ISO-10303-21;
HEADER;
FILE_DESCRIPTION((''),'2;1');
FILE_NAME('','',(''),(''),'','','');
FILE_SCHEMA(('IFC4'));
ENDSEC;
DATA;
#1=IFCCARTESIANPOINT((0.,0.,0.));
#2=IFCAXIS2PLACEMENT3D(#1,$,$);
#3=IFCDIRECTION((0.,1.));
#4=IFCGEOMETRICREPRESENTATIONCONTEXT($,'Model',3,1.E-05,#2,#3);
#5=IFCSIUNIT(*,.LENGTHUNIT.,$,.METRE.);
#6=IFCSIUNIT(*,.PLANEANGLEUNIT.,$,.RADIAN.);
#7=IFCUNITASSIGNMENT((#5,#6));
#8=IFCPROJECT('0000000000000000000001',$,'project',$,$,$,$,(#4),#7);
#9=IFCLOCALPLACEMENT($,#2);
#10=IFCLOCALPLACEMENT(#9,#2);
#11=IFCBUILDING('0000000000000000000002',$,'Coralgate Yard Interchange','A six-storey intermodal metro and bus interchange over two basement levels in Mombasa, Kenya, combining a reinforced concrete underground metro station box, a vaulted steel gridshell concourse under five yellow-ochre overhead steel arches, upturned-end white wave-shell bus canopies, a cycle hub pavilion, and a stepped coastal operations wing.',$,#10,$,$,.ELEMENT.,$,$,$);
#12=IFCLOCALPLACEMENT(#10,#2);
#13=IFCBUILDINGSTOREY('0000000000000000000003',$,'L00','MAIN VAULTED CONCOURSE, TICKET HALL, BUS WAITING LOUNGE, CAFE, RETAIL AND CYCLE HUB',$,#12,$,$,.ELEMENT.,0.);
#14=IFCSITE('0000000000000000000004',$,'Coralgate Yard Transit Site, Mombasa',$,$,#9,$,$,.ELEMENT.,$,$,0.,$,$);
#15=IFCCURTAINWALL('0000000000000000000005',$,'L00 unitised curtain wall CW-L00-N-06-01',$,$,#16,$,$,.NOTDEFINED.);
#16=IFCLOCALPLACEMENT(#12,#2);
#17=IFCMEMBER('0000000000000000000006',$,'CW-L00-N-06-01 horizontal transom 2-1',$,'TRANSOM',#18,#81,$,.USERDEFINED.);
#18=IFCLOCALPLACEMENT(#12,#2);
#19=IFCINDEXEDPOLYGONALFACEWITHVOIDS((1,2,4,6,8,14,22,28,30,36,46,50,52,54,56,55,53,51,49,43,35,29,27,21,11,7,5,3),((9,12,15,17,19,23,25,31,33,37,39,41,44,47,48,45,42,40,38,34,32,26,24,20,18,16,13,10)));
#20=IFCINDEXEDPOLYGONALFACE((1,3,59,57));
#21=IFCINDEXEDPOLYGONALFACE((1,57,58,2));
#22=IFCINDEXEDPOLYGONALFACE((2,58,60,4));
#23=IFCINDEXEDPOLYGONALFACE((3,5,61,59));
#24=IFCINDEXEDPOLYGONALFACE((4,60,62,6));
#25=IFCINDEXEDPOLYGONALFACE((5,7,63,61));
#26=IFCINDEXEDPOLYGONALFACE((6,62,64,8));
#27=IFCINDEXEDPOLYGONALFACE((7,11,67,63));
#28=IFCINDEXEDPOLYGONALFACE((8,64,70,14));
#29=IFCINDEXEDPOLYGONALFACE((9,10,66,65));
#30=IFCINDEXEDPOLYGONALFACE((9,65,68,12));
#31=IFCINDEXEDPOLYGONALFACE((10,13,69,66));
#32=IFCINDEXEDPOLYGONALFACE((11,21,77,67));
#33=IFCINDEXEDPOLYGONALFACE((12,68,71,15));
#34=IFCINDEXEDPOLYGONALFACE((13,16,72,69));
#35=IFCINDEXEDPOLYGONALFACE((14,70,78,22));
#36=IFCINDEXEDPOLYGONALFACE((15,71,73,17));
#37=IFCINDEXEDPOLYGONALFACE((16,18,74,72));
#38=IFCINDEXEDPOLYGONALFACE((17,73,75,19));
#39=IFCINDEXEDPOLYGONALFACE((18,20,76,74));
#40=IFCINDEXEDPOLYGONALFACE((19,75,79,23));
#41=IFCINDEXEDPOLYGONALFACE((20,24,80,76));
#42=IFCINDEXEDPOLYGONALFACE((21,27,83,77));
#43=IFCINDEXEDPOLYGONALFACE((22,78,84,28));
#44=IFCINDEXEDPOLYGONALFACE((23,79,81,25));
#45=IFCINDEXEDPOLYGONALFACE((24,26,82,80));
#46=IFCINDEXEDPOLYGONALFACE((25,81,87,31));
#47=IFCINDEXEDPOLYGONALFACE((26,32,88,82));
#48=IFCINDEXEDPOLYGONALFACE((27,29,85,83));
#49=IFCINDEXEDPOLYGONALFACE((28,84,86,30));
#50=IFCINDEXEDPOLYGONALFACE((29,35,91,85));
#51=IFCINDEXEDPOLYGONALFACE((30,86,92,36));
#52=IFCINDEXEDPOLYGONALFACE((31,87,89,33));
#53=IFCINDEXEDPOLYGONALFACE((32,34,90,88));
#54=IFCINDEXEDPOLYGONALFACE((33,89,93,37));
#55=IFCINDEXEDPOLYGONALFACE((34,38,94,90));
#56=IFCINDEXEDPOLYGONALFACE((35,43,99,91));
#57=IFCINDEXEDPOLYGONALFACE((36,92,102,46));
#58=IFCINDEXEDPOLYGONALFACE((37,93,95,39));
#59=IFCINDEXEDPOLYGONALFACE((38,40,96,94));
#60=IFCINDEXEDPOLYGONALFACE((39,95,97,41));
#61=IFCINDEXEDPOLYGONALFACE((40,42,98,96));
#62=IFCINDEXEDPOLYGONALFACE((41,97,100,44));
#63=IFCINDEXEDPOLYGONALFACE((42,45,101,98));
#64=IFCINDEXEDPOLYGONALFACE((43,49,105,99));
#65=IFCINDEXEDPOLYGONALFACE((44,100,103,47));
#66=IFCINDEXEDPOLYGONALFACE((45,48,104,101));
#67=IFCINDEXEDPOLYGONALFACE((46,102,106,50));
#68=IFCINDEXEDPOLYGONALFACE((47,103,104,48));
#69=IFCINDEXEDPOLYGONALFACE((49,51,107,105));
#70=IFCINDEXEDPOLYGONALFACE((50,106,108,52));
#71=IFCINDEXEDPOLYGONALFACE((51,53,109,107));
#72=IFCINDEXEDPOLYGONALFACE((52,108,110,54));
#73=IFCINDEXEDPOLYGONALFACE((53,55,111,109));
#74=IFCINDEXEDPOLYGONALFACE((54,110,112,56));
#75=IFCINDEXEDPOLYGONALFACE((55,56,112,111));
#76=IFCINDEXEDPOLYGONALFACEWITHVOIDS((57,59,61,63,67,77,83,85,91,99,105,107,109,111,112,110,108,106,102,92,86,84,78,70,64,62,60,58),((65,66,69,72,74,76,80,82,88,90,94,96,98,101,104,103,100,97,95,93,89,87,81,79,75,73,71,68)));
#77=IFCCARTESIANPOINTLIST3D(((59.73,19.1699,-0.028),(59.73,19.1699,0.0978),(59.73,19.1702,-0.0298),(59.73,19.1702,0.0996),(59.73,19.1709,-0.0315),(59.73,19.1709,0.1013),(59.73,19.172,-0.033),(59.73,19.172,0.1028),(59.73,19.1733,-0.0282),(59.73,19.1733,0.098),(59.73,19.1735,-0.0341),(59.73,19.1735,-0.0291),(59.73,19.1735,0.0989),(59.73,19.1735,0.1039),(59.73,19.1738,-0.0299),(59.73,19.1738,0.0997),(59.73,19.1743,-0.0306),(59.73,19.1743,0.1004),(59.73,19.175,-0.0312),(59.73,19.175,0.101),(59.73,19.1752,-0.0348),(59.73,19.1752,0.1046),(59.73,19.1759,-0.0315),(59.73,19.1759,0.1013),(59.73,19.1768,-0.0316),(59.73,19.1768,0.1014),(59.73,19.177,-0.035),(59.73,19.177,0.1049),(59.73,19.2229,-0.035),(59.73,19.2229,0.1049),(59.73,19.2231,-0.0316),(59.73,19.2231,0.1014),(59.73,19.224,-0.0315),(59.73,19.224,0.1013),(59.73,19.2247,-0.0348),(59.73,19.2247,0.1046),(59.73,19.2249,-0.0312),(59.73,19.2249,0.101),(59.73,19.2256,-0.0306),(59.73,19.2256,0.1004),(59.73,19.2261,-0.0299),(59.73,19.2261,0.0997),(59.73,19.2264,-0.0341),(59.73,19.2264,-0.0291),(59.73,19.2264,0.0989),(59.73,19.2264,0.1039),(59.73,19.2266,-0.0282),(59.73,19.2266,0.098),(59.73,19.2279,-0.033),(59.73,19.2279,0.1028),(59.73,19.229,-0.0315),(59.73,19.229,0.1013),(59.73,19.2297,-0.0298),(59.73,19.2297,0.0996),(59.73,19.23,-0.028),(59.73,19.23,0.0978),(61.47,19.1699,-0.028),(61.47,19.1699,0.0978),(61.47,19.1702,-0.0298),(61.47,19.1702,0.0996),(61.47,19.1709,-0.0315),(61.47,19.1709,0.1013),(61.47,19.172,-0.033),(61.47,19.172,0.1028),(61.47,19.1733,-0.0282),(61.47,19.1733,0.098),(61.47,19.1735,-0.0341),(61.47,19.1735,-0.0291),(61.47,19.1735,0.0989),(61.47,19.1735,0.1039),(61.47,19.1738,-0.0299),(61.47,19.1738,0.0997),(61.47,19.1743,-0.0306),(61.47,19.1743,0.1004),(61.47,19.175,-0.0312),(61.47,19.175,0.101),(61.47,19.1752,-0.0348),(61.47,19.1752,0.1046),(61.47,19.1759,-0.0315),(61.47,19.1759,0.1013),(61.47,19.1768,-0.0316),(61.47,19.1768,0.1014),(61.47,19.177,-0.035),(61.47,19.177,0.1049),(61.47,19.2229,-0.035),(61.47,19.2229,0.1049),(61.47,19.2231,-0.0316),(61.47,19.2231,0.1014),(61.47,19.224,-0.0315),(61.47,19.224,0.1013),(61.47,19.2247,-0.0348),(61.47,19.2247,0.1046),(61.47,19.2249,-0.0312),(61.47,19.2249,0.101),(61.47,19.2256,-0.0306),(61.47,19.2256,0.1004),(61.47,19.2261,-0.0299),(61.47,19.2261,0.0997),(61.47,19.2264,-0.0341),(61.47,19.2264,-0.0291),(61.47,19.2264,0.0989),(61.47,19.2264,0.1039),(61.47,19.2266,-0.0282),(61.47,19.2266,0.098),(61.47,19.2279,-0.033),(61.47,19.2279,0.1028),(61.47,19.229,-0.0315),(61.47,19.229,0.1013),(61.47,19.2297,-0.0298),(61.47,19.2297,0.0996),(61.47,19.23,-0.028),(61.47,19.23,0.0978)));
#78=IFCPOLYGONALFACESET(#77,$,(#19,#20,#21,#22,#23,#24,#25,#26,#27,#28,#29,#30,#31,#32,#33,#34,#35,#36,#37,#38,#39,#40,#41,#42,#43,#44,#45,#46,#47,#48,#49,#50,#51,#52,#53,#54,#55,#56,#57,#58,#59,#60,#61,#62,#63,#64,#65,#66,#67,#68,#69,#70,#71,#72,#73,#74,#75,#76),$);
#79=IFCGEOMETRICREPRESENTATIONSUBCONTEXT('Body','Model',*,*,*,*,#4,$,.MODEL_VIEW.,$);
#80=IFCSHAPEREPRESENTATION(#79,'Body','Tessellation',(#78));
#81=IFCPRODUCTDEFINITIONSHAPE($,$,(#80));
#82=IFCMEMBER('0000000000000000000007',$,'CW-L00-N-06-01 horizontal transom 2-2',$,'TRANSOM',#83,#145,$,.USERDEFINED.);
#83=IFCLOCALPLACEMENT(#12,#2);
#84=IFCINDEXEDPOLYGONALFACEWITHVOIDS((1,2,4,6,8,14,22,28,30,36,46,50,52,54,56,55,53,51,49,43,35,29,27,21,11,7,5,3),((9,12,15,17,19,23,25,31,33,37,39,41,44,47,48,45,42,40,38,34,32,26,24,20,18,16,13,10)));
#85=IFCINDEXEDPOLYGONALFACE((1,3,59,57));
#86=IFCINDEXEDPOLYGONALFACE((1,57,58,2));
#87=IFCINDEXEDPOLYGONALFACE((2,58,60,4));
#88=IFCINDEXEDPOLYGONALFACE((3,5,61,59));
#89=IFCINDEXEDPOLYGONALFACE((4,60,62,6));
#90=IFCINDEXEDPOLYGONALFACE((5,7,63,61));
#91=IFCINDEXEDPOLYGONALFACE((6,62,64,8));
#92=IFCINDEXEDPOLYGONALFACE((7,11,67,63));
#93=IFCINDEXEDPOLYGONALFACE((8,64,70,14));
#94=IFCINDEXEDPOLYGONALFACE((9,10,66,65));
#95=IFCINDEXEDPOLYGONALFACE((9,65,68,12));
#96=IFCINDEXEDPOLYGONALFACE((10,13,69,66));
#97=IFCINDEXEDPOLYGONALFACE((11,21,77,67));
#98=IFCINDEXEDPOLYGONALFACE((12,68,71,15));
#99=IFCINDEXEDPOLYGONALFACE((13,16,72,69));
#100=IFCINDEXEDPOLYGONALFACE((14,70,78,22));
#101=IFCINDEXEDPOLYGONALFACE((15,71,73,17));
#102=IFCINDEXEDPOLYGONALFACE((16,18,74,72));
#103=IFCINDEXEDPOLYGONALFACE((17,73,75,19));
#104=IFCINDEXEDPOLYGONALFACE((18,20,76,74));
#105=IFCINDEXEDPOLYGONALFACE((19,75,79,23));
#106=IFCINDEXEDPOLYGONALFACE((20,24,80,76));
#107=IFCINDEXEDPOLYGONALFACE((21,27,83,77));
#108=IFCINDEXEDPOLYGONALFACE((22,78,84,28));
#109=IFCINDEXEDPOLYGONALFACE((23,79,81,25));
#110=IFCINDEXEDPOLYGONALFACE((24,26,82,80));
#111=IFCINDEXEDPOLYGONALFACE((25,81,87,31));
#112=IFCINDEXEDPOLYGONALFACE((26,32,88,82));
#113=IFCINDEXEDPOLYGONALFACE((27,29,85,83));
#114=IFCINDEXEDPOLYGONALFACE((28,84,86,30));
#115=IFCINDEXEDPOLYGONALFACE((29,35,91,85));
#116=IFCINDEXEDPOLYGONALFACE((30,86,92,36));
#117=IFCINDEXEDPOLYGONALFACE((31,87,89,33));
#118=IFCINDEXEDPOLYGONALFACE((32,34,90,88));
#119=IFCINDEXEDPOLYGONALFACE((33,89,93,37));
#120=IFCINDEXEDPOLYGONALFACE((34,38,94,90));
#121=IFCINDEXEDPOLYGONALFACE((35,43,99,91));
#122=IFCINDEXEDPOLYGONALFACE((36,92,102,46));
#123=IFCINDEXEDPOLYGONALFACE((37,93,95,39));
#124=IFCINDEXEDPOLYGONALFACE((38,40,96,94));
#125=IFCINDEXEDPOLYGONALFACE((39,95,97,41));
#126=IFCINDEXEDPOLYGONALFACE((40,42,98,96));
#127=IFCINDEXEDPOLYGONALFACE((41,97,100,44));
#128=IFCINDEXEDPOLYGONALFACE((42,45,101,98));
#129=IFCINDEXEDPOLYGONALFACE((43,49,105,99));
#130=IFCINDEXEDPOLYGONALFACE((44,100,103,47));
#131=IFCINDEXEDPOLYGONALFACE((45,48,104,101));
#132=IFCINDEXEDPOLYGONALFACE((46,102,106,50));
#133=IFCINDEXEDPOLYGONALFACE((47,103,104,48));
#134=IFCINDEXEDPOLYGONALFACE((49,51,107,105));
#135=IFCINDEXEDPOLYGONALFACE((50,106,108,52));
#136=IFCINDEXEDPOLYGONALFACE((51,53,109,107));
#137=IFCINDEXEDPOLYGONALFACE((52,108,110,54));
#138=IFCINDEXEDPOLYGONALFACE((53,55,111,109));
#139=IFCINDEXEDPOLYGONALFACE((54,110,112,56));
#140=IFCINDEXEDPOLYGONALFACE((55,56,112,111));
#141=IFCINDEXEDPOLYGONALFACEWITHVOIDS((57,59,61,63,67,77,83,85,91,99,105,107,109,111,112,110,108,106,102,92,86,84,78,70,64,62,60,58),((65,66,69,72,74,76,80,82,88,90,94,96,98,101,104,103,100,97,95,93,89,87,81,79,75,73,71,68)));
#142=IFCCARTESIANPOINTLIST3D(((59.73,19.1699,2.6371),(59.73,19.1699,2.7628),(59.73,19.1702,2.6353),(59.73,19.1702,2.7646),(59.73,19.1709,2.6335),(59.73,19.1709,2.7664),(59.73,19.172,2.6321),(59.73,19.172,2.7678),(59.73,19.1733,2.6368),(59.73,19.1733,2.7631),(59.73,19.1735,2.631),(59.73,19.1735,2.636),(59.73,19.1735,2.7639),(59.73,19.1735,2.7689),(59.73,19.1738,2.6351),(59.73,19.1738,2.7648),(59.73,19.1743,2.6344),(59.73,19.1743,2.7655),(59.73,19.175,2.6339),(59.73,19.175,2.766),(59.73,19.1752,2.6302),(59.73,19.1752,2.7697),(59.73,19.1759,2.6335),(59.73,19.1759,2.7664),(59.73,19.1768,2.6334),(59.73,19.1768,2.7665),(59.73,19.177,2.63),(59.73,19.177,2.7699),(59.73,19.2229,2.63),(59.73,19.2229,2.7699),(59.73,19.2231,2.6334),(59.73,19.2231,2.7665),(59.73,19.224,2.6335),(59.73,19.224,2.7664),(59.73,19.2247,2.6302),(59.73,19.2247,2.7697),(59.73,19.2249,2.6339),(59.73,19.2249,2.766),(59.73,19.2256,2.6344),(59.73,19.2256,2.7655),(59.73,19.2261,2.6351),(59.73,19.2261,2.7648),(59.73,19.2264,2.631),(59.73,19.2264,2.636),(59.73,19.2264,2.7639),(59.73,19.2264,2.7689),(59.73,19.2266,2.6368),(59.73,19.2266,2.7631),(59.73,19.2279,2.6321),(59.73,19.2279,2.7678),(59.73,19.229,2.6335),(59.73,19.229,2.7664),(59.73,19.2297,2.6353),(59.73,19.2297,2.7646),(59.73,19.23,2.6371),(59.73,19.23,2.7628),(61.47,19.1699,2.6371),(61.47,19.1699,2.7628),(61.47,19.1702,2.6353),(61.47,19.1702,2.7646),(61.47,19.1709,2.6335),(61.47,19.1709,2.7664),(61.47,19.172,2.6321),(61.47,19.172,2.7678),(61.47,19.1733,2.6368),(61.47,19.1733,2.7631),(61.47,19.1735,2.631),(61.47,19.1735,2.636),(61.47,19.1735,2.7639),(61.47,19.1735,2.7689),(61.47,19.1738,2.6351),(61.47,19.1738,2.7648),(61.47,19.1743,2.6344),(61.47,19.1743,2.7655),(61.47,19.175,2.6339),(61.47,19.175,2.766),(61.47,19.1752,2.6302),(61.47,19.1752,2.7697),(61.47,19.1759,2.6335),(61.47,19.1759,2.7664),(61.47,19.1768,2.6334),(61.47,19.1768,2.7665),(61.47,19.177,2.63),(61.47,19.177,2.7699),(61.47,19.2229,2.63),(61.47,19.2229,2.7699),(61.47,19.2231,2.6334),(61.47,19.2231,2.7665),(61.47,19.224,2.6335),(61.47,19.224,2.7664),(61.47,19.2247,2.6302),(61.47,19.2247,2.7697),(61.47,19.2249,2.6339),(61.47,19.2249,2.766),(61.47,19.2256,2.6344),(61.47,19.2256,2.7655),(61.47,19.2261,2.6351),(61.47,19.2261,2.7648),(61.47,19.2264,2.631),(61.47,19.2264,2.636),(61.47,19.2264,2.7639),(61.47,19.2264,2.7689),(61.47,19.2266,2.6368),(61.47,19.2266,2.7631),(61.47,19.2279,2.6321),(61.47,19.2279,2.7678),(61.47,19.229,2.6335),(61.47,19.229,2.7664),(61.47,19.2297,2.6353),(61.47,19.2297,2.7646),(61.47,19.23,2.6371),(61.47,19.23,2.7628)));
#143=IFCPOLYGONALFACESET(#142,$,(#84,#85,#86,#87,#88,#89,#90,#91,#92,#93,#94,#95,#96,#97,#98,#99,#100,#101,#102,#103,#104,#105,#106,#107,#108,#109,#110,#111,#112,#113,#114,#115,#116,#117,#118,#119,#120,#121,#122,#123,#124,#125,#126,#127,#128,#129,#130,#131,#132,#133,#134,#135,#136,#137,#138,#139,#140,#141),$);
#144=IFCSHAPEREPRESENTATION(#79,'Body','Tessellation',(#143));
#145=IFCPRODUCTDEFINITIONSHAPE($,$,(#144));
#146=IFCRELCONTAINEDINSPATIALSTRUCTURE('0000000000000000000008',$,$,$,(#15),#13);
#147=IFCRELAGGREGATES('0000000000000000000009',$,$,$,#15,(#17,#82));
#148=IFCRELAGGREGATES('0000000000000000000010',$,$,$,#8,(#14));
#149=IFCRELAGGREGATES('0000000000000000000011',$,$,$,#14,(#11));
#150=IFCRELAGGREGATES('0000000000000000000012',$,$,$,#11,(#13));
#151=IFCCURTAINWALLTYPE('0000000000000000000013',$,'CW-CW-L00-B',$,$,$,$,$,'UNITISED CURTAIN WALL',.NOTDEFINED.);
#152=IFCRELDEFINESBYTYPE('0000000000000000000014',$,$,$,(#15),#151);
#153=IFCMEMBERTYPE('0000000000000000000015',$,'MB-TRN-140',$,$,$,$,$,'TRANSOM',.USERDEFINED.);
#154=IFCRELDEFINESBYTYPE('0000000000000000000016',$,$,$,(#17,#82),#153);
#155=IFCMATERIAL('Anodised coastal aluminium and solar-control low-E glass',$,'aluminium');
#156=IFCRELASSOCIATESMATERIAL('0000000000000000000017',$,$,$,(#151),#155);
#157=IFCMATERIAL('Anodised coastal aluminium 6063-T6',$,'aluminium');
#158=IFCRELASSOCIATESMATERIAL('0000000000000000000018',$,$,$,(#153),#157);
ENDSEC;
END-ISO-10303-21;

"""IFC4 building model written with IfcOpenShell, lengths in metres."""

from ifc_helpers import new_model, si_unit, direction, frame, origin, origin_2d, place, context, subcontext, project, spatial, hollow_rectangle, extrude, material, material_profile, profile_set, type_object, element, aggregate, save


model = new_model("IFC4")

# Units and contexts
model_context = context("Model", 3, precision=1e-05, world=origin(), true_north=direction((0.0, 1.0)))
body_context = subcontext(model_context, "Body", "Model", "MODEL_VIEW")
ifc_project = project(units=[si_unit("LENGTHUNIT", "METRE"), si_unit("PLANEANGLEUNIT", "RADIAN")], contexts=[model_context])

# Site, building, storey
site_placement = place(None, origin())
site = spatial("IfcSite", under=ifc_project, at=site_placement, Name="Coralgate Yard Transit Site, Mombasa", CompositionType="ELEMENT", RefElevation=0.0)
building_placement = place(site_placement, origin())
building = spatial("IfcBuilding", under=site, at=building_placement, Name="Coralgate Yard Interchange", Description="A six-storey intermodal metro and bus interchange over two basement levels in Mombasa, Kenya, combining a reinforced concrete underground metro station box, a vaulted steel gridshell concourse under five yellow-ochre overhead steel arches, upturned-end white wave-shell bus canopies, a cycle hub pavilion, and a stepped coastal operations wing.", CompositionType="ELEMENT")
storey_placement = place(building_placement, origin())
storey = spatial("IfcBuildingStorey", under=building, at=storey_placement, Name="L00", Description="MAIN VAULTED CONCOURSE, TICKET HALL, BUS WAITING LOUNGE, CAFE, RETAIL AND CYCLE HUB", CompositionType="ELEMENT", Elevation=0.0)

# Curtain wall, members
ifc_material_1 = material(Name="Anodised coastal aluminium and solar-control low-E glass", Category="aluminium")
curtain_wall_type = type_object("IfcCurtainWallType", Name="CW-CW-L00-B", ElementType="UNITISED CURTAIN WALL", PredefinedType="NOTDEFINED", material=ifc_material_1)
curtain_wall_placement = place(storey_placement, origin())
curtain_wall = element("IfcCurtainWall", 1, at=curtain_wall_placement, inside=storey, type_object=curtain_wall_type, Name="L00 unitised curtain wall CW-L00-N-06-01", PredefinedType="NOTDEFINED")
ifc_material_2 = material(Name="Anodised coastal aluminium 6063-T6", Category="aluminium")
ifc_material_profile_1 = material_profile(ifc_material_2, hollow_rectangle(XDim=0.0601, YDim=0.1399, WallThickness=0.0034, InnerFilletRadius=0.0034, OuterFilletRadius=0.0071, at=origin_2d()), Name="ALU 60x140x3.5")
ifc_profile_set_1 = profile_set([ifc_material_profile_1], Name="Anodised coastal aluminium 6063-T6")
member_type_1 = type_object("IfcMemberType", Name="MB-TRN-140", ElementType="TRANSOM", PredefinedType="USERDEFINED", material=ifc_profile_set_1)
member_1_placement = place(storey_placement, frame((59.73, 19.2, 0.0349), z_axis=(1.0, 0.0, 0.0), x_axis=(0.0, 1.0, 0.0)))
member_1 = element("IfcMember", 2, at=member_1_placement, type_object=member_type_1, Name="CW-L00-N-06-01 horizontal transom 2-1", ObjectType="TRANSOM", PredefinedType="USERDEFINED", context=body_context, shape_type="SweptSolid", body=[
    extrude(hollow_rectangle(XDim=0.0601, YDim=0.1399, WallThickness=0.0034, InnerFilletRadius=0.0034, OuterFilletRadius=0.0071, at=origin_2d()), origin(), (0.0, 0.0, 1.0), 1.74),
])
member_2_placement = place(storey_placement, frame((59.73, 19.2, 2.7), z_axis=(1.0, 0.0, 0.0), x_axis=(0.0, 1.0, 0.0)))
member_2 = element("IfcMember", 3, at=member_2_placement, type_object=member_type_1, Name="CW-L00-N-06-01 horizontal transom 2-2", ObjectType="TRANSOM", PredefinedType="USERDEFINED", context=body_context, shape_type="SweptSolid", body=[
    extrude(hollow_rectangle(XDim=0.0601, YDim=0.1399, WallThickness=0.0034, InnerFilletRadius=0.0034, OuterFilletRadius=0.0071, at=origin_2d()), origin(), (0.0, 0.0, 1.0), 1.74),
])
aggregate(curtain_wall, [member_1, member_2])

save(model, "model.ifc")
